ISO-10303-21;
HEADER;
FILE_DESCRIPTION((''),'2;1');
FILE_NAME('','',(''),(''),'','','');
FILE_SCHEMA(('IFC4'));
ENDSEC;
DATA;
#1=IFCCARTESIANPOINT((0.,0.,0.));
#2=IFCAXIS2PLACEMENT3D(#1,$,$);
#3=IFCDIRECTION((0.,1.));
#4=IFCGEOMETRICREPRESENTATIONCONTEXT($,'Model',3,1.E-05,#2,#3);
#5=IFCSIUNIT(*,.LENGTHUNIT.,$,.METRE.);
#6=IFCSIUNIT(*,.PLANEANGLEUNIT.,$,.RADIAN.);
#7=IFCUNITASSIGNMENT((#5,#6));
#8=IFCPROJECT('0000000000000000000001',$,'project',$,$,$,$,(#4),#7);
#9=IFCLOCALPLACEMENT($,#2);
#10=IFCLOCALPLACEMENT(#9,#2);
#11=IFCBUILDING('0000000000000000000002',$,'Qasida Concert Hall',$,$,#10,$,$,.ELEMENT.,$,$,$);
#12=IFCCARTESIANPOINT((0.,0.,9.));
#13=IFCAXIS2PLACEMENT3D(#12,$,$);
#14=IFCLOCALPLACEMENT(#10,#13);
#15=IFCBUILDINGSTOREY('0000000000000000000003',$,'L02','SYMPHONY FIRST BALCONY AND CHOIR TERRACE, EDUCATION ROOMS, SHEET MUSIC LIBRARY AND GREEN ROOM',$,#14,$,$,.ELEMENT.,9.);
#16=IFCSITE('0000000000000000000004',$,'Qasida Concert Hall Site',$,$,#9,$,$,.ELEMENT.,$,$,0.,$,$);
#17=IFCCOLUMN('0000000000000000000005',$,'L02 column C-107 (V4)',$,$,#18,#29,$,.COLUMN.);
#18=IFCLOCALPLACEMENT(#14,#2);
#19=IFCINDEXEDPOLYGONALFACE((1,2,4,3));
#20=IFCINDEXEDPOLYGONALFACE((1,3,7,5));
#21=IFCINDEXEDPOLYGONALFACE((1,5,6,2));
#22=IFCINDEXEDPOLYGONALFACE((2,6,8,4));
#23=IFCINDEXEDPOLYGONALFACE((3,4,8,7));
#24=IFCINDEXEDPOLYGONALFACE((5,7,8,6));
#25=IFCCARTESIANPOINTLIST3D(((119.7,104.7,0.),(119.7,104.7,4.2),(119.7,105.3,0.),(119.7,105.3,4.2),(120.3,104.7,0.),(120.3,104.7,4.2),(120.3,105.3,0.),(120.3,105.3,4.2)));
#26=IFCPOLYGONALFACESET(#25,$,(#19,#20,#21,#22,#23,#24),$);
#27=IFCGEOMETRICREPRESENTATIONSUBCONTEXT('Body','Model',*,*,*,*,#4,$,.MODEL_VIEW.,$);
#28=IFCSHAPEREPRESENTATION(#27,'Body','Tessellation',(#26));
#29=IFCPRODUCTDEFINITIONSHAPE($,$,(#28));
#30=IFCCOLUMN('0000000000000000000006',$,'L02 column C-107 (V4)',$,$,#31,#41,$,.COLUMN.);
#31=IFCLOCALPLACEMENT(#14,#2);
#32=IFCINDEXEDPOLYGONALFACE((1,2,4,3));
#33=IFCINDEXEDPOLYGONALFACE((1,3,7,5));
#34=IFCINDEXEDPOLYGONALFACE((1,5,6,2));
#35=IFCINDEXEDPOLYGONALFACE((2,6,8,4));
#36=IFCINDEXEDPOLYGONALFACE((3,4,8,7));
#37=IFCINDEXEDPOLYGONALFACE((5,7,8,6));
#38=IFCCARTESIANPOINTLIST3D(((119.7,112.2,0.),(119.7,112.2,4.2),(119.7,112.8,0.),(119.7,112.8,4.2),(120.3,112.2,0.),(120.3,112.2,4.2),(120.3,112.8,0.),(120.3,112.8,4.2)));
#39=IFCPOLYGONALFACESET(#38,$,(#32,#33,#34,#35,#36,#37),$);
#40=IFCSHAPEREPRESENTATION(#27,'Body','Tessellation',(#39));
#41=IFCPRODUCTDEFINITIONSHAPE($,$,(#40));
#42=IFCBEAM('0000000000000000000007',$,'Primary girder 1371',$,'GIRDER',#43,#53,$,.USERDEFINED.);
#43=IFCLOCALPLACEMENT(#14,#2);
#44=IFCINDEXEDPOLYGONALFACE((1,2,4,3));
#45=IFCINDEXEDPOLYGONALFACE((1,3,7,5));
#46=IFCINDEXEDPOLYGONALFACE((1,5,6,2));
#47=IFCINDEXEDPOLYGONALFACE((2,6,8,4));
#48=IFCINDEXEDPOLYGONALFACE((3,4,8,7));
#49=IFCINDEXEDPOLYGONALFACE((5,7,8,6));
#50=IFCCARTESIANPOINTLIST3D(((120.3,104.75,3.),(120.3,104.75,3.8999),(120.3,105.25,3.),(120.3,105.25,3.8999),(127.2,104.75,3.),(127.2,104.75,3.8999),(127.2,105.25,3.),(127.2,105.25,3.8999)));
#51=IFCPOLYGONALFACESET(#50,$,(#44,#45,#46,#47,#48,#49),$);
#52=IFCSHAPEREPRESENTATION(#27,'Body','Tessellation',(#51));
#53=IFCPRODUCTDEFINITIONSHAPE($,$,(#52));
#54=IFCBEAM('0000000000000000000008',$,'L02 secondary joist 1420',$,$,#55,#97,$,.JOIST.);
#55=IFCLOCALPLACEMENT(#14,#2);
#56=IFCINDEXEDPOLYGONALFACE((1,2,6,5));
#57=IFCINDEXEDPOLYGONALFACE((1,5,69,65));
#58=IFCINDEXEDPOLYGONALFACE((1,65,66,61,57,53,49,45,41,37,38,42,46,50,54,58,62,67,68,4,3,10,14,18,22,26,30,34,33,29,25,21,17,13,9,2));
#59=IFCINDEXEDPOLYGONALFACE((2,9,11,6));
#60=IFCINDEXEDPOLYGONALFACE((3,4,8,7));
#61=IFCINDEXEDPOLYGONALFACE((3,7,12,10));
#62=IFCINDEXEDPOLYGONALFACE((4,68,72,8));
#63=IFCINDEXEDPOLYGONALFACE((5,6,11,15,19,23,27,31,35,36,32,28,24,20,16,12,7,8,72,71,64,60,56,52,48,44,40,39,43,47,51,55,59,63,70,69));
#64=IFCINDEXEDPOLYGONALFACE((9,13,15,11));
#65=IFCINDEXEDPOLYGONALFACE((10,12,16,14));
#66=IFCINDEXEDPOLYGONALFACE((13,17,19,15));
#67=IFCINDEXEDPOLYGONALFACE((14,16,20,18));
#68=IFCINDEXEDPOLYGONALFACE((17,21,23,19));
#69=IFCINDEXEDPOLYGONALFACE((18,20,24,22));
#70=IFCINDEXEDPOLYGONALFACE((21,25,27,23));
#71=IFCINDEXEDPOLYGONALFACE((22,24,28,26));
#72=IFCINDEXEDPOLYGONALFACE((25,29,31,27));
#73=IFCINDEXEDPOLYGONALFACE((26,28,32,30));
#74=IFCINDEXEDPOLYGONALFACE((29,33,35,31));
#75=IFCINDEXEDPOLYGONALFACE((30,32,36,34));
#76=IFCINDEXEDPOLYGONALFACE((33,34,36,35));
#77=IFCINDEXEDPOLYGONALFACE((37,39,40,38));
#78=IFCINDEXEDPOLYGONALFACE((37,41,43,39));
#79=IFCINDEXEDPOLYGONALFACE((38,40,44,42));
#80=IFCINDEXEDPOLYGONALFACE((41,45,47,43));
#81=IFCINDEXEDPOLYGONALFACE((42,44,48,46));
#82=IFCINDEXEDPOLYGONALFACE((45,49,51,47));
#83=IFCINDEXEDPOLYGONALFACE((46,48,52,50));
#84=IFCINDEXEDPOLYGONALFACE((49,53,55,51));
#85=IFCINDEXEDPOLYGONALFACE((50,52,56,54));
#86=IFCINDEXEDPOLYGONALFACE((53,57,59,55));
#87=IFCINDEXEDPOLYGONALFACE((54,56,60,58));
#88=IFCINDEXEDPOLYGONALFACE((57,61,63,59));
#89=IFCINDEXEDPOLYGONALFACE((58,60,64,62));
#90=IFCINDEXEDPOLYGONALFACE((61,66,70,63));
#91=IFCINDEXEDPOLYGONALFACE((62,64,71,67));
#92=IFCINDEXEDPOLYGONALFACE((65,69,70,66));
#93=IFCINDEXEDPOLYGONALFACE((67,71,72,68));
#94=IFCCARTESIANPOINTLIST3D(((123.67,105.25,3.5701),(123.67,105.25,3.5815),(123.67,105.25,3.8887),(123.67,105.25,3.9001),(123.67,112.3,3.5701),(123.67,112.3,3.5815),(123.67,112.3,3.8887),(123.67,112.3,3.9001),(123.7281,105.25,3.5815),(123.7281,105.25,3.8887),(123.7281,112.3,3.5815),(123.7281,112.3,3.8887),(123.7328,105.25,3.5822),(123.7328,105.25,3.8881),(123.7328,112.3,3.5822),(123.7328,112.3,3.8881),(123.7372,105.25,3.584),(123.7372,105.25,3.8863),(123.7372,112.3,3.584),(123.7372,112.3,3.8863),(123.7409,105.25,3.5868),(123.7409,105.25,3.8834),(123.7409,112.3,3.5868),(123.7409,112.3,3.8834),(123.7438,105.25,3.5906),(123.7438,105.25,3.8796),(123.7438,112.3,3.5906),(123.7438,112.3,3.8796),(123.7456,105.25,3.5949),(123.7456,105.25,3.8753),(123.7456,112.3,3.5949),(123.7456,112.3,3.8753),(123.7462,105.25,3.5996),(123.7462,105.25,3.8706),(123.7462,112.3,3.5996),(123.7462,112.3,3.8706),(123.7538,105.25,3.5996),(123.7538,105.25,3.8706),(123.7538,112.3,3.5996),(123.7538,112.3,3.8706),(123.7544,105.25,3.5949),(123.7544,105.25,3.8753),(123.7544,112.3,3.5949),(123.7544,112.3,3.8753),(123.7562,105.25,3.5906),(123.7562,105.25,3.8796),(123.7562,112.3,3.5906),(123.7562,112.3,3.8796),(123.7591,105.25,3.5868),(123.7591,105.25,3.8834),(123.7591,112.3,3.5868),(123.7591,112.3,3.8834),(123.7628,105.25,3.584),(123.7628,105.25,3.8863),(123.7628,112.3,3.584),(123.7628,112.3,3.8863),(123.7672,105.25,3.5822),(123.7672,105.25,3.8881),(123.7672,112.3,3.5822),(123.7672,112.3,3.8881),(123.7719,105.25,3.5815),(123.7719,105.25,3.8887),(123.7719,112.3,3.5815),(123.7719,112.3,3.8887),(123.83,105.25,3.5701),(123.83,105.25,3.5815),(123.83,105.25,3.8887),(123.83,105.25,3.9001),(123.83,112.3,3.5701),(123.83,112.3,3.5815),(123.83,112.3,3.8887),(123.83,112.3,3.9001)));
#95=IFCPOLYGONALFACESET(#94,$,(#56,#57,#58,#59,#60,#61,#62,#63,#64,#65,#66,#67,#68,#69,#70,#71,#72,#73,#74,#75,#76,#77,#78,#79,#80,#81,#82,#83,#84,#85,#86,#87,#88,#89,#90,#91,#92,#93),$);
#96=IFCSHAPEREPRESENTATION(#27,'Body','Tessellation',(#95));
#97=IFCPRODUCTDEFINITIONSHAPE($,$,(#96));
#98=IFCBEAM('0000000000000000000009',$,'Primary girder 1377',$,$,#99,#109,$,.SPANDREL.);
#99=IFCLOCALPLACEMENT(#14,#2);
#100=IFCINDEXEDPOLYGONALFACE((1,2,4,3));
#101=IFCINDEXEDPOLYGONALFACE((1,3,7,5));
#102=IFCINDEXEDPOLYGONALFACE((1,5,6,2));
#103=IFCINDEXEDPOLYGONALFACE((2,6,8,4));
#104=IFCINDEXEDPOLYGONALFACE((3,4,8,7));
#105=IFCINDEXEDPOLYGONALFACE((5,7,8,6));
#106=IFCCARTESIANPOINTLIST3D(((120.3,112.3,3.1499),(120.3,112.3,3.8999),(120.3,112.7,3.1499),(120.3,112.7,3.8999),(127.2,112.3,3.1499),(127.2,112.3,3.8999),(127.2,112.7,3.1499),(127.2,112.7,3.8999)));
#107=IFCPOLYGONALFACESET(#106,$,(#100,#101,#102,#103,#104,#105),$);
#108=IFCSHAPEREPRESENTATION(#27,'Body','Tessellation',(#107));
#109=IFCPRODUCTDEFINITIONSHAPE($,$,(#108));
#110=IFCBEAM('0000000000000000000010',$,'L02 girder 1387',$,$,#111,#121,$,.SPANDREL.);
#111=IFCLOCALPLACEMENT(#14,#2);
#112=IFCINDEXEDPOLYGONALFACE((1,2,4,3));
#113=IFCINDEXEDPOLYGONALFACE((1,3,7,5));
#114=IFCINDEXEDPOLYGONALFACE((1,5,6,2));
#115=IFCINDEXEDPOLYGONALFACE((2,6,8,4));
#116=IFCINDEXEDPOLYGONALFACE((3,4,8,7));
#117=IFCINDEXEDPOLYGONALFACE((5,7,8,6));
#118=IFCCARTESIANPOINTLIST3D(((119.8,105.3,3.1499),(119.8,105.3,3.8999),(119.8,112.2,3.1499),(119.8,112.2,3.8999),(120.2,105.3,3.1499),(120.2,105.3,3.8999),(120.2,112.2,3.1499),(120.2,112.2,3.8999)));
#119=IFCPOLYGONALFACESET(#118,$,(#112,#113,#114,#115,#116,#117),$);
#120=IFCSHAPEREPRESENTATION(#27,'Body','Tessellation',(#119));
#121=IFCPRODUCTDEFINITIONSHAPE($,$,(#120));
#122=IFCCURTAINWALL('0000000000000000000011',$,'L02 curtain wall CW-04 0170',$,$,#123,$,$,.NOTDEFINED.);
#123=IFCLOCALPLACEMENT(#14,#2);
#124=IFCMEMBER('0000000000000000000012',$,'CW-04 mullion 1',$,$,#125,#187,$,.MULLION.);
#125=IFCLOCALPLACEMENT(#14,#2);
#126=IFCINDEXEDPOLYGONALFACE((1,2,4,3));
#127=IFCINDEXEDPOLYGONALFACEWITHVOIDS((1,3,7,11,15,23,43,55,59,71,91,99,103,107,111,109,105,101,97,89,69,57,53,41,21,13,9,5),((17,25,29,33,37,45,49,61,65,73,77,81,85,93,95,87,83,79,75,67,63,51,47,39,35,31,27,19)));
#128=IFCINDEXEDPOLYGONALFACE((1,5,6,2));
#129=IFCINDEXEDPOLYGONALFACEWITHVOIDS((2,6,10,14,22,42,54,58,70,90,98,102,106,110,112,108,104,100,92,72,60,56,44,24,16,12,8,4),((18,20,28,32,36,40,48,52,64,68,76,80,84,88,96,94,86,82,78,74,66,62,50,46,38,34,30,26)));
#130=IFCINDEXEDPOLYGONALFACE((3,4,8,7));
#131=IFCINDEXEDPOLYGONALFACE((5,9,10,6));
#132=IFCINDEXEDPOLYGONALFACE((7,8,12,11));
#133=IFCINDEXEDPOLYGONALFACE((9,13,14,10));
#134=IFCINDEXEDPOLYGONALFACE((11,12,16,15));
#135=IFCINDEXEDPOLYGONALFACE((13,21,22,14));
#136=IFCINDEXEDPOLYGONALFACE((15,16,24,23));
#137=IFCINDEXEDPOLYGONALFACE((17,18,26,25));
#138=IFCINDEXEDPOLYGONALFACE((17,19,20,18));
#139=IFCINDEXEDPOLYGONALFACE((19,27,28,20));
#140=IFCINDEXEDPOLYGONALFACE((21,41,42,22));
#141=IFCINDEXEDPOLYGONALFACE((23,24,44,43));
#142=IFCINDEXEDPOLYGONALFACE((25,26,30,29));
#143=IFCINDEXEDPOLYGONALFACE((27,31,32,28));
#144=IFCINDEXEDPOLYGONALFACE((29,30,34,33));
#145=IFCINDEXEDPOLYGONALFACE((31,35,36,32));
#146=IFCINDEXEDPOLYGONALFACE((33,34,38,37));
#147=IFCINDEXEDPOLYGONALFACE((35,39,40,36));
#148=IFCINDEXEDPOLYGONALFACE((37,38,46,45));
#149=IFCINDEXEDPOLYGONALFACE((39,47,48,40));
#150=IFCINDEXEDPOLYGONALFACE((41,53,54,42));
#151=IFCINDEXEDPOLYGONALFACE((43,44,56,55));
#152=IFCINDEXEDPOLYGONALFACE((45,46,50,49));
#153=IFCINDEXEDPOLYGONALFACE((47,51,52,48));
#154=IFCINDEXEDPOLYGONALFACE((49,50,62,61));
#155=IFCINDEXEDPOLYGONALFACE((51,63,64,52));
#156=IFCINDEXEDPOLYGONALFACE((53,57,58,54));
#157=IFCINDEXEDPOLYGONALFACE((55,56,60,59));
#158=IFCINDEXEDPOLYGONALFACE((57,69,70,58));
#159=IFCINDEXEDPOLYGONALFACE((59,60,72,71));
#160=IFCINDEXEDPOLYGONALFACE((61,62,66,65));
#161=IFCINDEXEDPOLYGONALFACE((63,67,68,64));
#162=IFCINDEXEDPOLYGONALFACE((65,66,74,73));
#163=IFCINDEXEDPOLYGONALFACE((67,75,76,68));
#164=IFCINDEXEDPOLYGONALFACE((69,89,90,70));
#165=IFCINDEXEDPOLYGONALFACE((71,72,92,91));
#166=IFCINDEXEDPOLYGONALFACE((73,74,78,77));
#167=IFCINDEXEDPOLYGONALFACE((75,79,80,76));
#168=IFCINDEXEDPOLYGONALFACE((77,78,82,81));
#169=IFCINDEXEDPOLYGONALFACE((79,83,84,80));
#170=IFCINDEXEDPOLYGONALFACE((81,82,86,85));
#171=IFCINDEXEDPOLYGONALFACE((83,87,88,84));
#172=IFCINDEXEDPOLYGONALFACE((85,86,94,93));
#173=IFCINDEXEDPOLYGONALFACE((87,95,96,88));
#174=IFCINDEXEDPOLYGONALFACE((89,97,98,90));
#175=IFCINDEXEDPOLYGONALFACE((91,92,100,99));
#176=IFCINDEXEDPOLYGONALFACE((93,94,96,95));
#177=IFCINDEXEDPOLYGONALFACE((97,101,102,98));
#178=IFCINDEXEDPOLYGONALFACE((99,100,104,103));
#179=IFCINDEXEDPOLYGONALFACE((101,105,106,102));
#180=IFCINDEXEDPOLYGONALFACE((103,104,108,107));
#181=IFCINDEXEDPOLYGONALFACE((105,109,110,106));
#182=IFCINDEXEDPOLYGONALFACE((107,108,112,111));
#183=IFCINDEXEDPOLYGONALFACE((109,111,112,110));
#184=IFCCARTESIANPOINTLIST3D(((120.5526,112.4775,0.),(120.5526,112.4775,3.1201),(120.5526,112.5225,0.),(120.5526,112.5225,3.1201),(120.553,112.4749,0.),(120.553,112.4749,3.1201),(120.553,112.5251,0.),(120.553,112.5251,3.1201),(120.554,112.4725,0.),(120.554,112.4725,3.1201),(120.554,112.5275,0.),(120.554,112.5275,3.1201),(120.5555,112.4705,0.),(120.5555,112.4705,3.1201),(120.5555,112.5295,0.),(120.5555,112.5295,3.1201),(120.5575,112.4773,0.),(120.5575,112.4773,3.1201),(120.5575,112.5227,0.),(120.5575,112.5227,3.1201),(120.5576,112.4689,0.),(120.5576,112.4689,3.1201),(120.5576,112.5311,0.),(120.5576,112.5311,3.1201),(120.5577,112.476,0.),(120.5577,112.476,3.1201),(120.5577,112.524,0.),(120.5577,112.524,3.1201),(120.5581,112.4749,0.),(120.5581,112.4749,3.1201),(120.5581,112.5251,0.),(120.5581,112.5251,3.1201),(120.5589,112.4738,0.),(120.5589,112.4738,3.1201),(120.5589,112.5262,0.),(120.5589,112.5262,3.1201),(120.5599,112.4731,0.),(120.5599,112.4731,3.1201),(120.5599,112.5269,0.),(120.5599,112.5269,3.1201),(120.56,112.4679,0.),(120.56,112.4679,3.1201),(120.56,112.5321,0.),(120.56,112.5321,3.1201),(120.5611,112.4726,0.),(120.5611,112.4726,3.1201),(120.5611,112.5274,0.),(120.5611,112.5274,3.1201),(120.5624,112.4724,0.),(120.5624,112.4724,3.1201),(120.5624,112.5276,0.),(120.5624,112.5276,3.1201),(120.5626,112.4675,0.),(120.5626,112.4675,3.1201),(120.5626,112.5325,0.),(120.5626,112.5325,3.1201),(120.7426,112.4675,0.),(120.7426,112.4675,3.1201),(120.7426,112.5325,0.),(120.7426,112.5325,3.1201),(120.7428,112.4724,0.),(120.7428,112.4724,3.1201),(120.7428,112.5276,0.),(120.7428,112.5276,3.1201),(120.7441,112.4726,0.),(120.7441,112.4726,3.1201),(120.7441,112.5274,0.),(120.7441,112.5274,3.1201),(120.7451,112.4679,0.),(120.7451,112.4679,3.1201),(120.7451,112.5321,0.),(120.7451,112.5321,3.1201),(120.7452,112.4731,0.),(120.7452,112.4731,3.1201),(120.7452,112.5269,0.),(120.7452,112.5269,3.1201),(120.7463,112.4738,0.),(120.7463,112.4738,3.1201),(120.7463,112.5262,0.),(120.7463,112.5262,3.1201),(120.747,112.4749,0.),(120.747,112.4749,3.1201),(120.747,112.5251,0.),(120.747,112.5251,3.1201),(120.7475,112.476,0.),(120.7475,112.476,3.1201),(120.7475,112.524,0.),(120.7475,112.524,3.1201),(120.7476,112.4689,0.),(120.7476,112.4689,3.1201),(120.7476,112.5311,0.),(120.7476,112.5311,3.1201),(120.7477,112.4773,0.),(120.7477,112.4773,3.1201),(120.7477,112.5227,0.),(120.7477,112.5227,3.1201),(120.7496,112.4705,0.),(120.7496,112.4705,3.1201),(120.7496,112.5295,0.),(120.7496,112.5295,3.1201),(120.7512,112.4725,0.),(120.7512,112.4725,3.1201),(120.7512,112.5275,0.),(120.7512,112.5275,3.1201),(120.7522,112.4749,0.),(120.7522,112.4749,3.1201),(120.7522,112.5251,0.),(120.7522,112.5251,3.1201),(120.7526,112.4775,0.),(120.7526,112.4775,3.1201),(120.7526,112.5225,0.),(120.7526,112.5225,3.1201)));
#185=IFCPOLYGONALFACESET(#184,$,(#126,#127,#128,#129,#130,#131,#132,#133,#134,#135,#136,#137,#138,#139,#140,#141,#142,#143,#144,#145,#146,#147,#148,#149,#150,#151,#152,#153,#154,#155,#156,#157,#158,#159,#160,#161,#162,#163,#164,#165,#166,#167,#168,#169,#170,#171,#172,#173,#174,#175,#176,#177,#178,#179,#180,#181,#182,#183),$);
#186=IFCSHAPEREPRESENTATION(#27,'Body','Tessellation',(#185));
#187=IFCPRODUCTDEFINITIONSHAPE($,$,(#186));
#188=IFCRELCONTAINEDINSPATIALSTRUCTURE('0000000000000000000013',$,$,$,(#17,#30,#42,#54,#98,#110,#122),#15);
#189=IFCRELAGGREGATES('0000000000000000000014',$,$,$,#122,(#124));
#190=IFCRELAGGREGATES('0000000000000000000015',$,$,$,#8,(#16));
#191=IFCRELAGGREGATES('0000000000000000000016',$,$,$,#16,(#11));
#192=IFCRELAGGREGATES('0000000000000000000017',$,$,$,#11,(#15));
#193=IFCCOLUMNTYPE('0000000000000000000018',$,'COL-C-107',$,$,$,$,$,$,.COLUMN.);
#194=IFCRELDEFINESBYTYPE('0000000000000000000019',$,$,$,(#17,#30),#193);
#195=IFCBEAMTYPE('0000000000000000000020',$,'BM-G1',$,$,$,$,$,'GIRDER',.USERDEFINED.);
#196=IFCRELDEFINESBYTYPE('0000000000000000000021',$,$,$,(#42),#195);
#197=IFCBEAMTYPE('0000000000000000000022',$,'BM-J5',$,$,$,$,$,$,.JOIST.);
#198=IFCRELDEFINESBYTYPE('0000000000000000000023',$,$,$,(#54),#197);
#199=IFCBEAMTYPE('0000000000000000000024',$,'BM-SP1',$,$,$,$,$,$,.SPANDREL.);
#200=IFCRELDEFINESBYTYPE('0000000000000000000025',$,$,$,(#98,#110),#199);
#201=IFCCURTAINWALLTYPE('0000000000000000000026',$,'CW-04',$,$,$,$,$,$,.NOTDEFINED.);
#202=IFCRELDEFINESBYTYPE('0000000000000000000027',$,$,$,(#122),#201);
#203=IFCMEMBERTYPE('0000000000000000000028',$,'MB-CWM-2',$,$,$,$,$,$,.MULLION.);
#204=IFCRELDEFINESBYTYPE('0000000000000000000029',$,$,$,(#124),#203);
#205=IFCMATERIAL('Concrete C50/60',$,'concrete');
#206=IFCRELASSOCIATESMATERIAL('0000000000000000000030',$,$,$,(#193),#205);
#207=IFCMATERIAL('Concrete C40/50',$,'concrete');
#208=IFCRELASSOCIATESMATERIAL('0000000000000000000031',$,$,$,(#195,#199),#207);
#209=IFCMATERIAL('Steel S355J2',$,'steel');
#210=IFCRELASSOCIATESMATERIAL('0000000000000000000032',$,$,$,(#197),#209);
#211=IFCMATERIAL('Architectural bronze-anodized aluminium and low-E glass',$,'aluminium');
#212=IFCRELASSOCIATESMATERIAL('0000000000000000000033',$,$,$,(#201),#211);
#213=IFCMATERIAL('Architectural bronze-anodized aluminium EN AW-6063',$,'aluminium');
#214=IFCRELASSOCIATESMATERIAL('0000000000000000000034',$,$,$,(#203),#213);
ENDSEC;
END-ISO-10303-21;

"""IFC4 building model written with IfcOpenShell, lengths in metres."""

from ifc_helpers import new_model, si_unit, direction, frame, origin, origin_2d, place, context, subcontext, project, spatial, rectangle, hollow_rectangle, i_section, extrude, material, material_profile, profile_set, type_object, element, aggregate, save


model = new_model("IFC4")

# Units and contexts
model_context = context("Model", 3, precision=1e-05, world=origin(), true_north=direction((0.0, 1.0)))
body_context = subcontext(model_context, "Body", "Model", "MODEL_VIEW")
ifc_project = project(units=[si_unit("LENGTHUNIT", "METRE"), si_unit("PLANEANGLEUNIT", "RADIAN")], contexts=[model_context])

# Site, building, storey
site_placement = place(None, origin())
site = spatial("IfcSite", under=ifc_project, at=site_placement, Name="Qasida Concert Hall Site", CompositionType="ELEMENT", RefElevation=0.0)
building_placement = place(site_placement, origin())
building = spatial("IfcBuilding", under=site, at=building_placement, Name="Qasida Concert Hall", CompositionType="ELEMENT")
storey_placement = place(building_placement, frame((0.0, 0.0, 9.0)))
storey = spatial("IfcBuildingStorey", under=building, at=storey_placement, Name="L02", Description="SYMPHONY FIRST BALCONY AND CHOIR TERRACE, EDUCATION ROOMS, SHEET MUSIC LIBRARY AND GREEN ROOM", CompositionType="ELEMENT", Elevation=9.0)

# Columns
ifc_material_1 = material(Name="Concrete C50/60", Category="concrete")
ifc_material_profile_1 = material_profile(ifc_material_1, rectangle(XDim=0.6001, YDim=0.6001, at=origin_2d()), Name="RC 600x600")
ifc_profile_set_1 = profile_set([ifc_material_profile_1], Name="Concrete C50/60")
column_type = type_object("IfcColumnType", Name="COL-C-107", PredefinedType="COLUMN", material=ifc_profile_set_1)
for number, where, z_axis, x_axis, name in (
    (1, (120.0, 105.0, 0.0), (0.0, 0.0, 1.0), (1.0, 0.0, 0.0), "L02 column C-107 (V4)"),
    (2, (120.0, 112.5, 0.0), (0.0, 0.0, 1.0), (1.0, 0.0, 0.0), "L02 column C-107 (V4)"),
):
    element("IfcColumn", number, at=place(storey_placement, frame(where, z_axis=z_axis, x_axis=x_axis)), inside=storey, type_object=column_type, Name=name, PredefinedType="COLUMN", context=body_context, shape_type="SweptSolid", body=[
        extrude(rectangle(XDim=0.6001, YDim=0.6001, at=origin_2d()), origin(), (0.0, 0.0, 1.0), 4.2),
    ])

# Beams
ifc_material_2 = material(Name="Concrete C40/50", Category="concrete")
ifc_material_profile_2 = material_profile(ifc_material_2, rectangle(XDim=0.5, YDim=0.8999, at=origin_2d()), Name="RC 500x900")
ifc_profile_set_2 = profile_set([ifc_material_profile_2], Name="Concrete C40/50")
beam_type_1 = type_object("IfcBeamType", Name="BM-G1", ElementType="GIRDER", PredefinedType="USERDEFINED", material=ifc_profile_set_2)
beam_1_placement = place(storey_placement, frame((120.3, 105.0, 3.45), z_axis=(1.0, 0.0, 0.0), x_axis=(0.0, 1.0, 0.0)))
element("IfcBeam", 3, at=beam_1_placement, inside=storey, type_object=beam_type_1, Name="Primary girder 1371", ObjectType="GIRDER", PredefinedType="USERDEFINED", context=body_context, shape_type="SweptSolid", body=[
    extrude(rectangle(XDim=0.5, YDim=0.8999, at=origin_2d()), origin(), (0.0, 0.0, 1.0), 6.8999),
])
ifc_material_3 = material(Name="Steel S355J2", Category="steel")
ifc_material_profile_3 = material_profile(ifc_material_3, i_section(OverallWidth=0.1599, OverallDepth=0.3301, WebThickness=0.0076, FlangeThickness=0.0115, FilletRadius=0.0181, at=origin_2d()), Name="IPE 330")
ifc_profile_set_3 = profile_set([ifc_material_profile_3], Name="Steel S355J2")
beam_type_2 = type_object("IfcBeamType", Name="BM-J5", PredefinedType="JOIST", material=ifc_profile_set_3)
beam_2_placement = place(storey_placement, frame((123.75, 105.25, 3.7351), z_axis=(0.0, 1.0, 0.0), x_axis=(-1.0, 0.0, 0.0)))
element("IfcBeam", 4, at=beam_2_placement, inside=storey, type_object=beam_type_2, Name="L02 secondary joist 1420", PredefinedType="JOIST", context=body_context, shape_type="SweptSolid", body=[
    extrude(i_section(OverallWidth=0.1599, OverallDepth=0.3301, WebThickness=0.0076, FlangeThickness=0.0115, FilletRadius=0.0181, at=origin_2d()), origin(), (0.0, 0.0, 1.0), 7.05),
])
ifc_material_profile_4 = material_profile(ifc_material_2, rectangle(XDim=0.3999, YDim=0.75, at=origin_2d()), Name="RC 400x750")
ifc_profile_set_4 = profile_set([ifc_material_profile_4], Name="Concrete C40/50")
beam_type_3 = type_object("IfcBeamType", Name="BM-SP1", PredefinedType="SPANDREL", material=ifc_profile_set_4)
for number, where, z_axis, x_axis, name in (
    (5, (120.3, 112.5, 3.5249), (1.0, 0.0, 0.0), (0.0, 1.0, 0.0), "Primary girder 1377"),
    (6, (120.0, 105.3, 3.5249), (0.0, 1.0, 0.0), (-1.0, 0.0, 0.0), "L02 girder 1387"),
):
    element("IfcBeam", number, at=place(storey_placement, frame(where, z_axis=z_axis, x_axis=x_axis)), inside=storey, type_object=beam_type_3, Name=name, PredefinedType="SPANDREL", context=body_context, shape_type="SweptSolid", body=[
        extrude(rectangle(XDim=0.3999, YDim=0.75, at=origin_2d()), origin(), (0.0, 0.0, 1.0), 6.8999),
    ])

# Curtain wall, member
ifc_material_4 = material(Name="Architectural bronze-anodized aluminium and low-E glass", Category="aluminium")
curtain_wall_type_1 = type_object("IfcCurtainWallType", Name="CW-04", PredefinedType="NOTDEFINED", material=ifc_material_4)
curtain_wall_1_placement = place(storey_placement, origin())
curtain_wall_1 = element("IfcCurtainWall", 7, at=curtain_wall_1_placement, inside=storey, type_object=curtain_wall_type_1, Name="L02 curtain wall CW-04 0170", PredefinedType="NOTDEFINED")
ifc_material_5 = material(Name="Architectural bronze-anodized aluminium EN AW-6063", Category="aluminium")
ifc_material_profile_5 = material_profile(ifc_material_5, hollow_rectangle(XDim=0.0649, YDim=0.2, WallThickness=0.0049, InnerFilletRadius=0.0049, OuterFilletRadius=0.01, at=origin_2d()), Name="CWM 200x65x5")
ifc_profile_set_5 = profile_set([ifc_material_profile_5], Name="Architectural bronze-anodized aluminium EN AW-6063")
member_type_1 = type_object("IfcMemberType", Name="MB-CWM-2", PredefinedType="MULLION", material=ifc_profile_set_5)
member_1_placement = place(storey_placement, frame((120.6526, 112.5, 0.0), z_axis=(0.0, 0.0, 1.0), x_axis=(0.0, 1.0, 0.0)))
member_1 = element("IfcMember", 8, at=member_1_placement, type_object=member_type_1, Name="CW-04 mullion 1", PredefinedType="MULLION", context=body_context, shape_type="SweptSolid", body=[
    extrude(hollow_rectangle(XDim=0.0649, YDim=0.2, WallThickness=0.0049, InnerFilletRadius=0.0049, OuterFilletRadius=0.01, at=origin_2d()), origin(), (0.0, 0.0, 1.0), 3.1201),
])

aggregate(curtain_wall_1, [member_1])

save(model, "model.ifc")
